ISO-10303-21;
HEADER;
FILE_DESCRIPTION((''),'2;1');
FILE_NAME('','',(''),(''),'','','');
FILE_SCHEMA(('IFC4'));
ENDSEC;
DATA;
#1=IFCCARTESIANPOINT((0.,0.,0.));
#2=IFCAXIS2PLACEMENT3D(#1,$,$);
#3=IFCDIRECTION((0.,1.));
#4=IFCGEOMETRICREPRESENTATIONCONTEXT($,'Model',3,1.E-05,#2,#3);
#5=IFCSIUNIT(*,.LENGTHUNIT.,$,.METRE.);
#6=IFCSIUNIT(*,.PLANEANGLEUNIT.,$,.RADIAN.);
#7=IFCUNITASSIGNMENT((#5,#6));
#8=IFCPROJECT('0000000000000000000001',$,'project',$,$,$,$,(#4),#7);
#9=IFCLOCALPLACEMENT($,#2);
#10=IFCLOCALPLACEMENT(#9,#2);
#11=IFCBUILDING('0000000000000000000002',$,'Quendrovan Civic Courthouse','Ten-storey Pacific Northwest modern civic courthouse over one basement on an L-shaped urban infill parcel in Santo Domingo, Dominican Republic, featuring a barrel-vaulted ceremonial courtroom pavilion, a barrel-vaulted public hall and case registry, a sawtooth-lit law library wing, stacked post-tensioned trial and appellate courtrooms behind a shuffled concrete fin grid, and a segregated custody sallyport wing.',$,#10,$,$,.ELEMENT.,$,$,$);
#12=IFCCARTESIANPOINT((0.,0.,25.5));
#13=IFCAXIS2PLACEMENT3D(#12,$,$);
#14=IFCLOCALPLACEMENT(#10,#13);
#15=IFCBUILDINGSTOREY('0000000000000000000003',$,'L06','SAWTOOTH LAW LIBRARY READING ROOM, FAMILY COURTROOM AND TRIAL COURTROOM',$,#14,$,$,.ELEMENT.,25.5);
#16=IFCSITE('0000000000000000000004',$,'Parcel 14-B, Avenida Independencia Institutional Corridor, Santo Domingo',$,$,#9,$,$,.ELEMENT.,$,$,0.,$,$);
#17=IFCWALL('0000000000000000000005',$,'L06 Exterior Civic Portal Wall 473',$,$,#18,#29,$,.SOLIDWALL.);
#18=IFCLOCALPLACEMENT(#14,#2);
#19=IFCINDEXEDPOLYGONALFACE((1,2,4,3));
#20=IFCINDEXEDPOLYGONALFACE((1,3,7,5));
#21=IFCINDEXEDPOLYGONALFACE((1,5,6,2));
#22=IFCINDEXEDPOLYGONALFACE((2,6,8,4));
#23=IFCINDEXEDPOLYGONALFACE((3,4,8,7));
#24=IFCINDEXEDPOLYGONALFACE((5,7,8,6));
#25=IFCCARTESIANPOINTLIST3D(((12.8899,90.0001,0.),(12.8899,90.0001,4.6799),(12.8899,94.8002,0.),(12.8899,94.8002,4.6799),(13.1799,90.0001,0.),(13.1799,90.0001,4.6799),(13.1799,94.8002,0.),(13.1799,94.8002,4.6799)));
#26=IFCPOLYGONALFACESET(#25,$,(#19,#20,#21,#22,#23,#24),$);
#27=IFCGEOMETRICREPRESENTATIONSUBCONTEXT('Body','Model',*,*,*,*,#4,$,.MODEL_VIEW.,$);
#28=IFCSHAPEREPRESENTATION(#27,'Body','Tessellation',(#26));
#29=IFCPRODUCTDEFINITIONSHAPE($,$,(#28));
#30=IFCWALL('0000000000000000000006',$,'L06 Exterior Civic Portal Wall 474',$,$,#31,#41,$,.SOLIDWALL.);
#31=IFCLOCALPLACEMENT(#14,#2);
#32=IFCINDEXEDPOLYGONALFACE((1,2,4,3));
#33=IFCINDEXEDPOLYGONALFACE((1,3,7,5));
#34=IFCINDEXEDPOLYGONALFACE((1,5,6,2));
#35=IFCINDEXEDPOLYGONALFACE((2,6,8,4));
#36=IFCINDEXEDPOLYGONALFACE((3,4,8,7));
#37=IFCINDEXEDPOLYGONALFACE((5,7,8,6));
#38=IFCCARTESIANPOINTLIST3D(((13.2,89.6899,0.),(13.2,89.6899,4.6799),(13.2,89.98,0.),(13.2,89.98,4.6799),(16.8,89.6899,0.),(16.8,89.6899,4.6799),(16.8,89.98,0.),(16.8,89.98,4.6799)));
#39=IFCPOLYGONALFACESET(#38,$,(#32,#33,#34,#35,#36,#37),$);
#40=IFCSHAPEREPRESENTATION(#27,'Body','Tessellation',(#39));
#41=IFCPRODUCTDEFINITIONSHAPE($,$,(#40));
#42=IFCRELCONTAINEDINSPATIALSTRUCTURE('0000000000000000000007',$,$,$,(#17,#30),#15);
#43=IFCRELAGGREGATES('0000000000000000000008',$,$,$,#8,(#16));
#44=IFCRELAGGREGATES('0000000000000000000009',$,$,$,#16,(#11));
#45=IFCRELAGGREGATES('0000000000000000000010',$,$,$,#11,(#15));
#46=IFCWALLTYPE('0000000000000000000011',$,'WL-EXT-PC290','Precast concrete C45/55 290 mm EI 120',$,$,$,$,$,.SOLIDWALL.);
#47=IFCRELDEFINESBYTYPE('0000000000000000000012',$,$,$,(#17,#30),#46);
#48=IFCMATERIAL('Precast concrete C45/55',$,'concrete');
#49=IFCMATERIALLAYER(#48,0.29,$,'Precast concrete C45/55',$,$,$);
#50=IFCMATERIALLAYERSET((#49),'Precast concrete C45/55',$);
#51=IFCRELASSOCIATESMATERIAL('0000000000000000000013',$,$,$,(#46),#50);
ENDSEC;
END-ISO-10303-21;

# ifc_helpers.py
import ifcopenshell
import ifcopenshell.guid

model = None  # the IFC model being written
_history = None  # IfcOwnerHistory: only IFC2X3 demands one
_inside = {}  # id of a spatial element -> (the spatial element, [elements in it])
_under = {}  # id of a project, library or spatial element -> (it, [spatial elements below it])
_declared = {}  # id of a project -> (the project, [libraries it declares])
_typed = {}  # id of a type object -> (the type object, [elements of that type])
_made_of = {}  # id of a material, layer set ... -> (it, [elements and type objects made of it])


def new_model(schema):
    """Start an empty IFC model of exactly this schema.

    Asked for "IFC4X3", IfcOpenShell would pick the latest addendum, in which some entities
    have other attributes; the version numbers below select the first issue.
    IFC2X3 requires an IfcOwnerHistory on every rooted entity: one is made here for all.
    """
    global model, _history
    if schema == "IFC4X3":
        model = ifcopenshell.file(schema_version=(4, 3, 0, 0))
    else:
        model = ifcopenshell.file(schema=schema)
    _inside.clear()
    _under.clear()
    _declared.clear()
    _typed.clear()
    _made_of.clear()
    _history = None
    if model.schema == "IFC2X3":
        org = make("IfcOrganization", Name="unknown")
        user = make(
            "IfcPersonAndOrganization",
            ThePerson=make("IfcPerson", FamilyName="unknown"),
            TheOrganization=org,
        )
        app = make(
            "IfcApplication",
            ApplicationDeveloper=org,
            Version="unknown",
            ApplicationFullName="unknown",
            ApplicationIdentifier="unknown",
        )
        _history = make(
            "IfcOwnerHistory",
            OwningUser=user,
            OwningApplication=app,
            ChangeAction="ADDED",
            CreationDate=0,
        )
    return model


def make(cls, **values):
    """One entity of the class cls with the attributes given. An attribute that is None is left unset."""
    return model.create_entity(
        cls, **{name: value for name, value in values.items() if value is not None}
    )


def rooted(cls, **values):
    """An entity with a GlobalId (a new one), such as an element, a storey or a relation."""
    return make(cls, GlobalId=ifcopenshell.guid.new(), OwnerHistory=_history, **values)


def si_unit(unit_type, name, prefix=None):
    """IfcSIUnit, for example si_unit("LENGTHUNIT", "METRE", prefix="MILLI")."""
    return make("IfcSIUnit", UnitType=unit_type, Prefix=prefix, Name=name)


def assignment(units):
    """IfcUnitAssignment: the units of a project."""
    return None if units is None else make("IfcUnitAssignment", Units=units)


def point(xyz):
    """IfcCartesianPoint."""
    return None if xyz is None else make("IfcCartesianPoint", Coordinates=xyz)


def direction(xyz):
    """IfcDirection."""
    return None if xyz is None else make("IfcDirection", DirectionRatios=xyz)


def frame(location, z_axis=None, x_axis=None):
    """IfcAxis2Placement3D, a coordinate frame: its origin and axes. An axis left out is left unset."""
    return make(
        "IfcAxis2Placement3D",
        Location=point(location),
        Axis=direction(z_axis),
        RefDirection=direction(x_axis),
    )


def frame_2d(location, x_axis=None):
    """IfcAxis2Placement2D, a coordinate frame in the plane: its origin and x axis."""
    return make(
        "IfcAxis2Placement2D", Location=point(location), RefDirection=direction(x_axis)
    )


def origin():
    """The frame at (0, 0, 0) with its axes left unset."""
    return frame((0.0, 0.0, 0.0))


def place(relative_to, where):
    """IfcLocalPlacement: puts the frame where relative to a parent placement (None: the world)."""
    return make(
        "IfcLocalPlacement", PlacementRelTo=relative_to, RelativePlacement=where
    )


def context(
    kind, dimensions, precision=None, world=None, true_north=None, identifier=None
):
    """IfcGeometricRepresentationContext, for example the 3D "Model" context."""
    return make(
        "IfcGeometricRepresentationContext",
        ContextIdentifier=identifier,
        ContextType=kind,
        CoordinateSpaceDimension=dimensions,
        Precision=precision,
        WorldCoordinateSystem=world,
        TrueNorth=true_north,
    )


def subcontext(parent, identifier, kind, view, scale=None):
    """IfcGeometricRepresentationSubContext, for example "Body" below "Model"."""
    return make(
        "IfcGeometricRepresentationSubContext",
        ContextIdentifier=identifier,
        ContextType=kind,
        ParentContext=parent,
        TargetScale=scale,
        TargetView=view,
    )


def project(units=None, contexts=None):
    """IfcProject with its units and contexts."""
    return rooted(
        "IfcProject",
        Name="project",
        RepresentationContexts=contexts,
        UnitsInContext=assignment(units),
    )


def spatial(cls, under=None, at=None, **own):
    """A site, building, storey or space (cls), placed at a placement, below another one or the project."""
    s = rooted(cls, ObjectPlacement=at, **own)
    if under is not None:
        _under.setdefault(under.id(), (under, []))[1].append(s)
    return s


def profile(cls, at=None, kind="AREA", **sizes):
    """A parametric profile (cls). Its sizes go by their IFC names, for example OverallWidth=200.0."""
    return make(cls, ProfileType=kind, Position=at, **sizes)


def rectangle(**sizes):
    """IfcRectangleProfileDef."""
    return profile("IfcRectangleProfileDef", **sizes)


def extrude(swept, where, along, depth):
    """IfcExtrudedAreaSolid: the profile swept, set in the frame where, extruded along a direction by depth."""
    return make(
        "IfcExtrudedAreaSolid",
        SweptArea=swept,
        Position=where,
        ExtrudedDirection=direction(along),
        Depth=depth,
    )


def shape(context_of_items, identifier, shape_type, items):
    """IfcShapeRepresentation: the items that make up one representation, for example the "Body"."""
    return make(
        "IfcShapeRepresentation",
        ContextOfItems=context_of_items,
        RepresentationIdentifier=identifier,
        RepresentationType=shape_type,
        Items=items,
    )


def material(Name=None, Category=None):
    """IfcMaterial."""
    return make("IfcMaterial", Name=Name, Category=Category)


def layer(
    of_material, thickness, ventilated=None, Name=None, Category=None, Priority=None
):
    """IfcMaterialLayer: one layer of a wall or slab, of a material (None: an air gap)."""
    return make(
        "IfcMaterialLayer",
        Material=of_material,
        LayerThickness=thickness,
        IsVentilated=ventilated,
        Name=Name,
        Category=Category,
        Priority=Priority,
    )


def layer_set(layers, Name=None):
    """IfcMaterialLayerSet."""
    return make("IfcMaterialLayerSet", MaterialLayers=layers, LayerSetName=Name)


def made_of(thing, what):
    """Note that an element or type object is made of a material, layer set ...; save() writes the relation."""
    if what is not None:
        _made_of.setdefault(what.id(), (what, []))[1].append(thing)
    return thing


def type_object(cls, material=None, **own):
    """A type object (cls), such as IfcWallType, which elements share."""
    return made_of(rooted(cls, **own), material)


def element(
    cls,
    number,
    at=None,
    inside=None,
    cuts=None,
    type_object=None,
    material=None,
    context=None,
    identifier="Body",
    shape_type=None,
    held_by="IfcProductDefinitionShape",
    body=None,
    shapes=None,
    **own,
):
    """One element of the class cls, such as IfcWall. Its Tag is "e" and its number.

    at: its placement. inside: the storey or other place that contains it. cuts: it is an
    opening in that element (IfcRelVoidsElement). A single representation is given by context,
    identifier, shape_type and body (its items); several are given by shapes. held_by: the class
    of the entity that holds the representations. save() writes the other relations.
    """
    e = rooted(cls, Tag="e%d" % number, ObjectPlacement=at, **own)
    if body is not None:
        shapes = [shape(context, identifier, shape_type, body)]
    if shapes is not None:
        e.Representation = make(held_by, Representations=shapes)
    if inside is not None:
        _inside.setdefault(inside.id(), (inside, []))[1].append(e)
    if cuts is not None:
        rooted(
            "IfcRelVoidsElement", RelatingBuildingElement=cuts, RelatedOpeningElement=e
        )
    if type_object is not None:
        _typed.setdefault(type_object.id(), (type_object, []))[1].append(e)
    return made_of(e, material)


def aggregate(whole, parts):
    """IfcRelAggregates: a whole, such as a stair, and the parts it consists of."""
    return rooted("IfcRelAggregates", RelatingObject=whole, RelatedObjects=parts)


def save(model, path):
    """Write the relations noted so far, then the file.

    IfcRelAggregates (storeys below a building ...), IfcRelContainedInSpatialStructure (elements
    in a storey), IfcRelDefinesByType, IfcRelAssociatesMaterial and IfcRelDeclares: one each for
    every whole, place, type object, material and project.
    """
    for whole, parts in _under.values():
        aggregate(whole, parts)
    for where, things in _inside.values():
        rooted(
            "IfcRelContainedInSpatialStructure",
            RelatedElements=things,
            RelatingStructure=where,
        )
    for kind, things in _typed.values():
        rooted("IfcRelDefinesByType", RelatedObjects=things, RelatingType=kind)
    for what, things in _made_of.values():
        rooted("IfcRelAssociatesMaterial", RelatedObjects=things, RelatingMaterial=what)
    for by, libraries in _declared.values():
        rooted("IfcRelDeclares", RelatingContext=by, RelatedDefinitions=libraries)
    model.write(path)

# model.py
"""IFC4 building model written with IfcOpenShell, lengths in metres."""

from ifc_helpers import new_model, si_unit, direction, frame, frame_2d, origin, place, context, subcontext, project, spatial, rectangle, extrude, material, layer, layer_set, type_object, element, save


model = new_model("IFC4")

# Units and contexts
model_context = context("Model", 3, precision=1e-05, world=origin(), true_north=direction((0.0, 1.0)))
body_context = subcontext(model_context, "Body", "Model", "MODEL_VIEW")
ifc_project = project(units=[si_unit("LENGTHUNIT", "METRE"), si_unit("PLANEANGLEUNIT", "RADIAN")], contexts=[model_context])

# Site, building, storey
site_placement = place(None, origin())
site = spatial("IfcSite", under=ifc_project, at=site_placement, Name="Parcel 14-B, Avenida Independencia Institutional Corridor, Santo Domingo", CompositionType="ELEMENT", RefElevation=0.0)
building_placement = place(site_placement, origin())
building = spatial("IfcBuilding", under=site, at=building_placement, Name="Quendrovan Civic Courthouse", Description="Ten-storey Pacific Northwest modern civic courthouse over one basement on an L-shaped urban infill parcel in Santo Domingo, Dominican Republic, featuring a barrel-vaulted ceremonial courtroom pavilion, a barrel-vaulted public hall and case registry, a sawtooth-lit law library wing, stacked post-tensioned trial and appellate courtrooms behind a shuffled concrete fin grid, and a segregated custody sallyport wing.", CompositionType="ELEMENT")
storey_placement = place(building_placement, frame((0.0, 0.0, 25.5)))
storey = spatial("IfcBuildingStorey", under=building, at=storey_placement, Name="L06", Description="SAWTOOTH LAW LIBRARY READING ROOM, FAMILY COURTROOM AND TRIAL COURTROOM", CompositionType="ELEMENT", Elevation=25.5)

# Walls
ifc_material_1 = material(Name="Precast concrete C45/55", Category="concrete")
ifc_layer_1 = layer(ifc_material_1, 0.29, Name="Precast concrete C45/55")
ifc_layer_set_1 = layer_set([ifc_layer_1], Name="Precast concrete C45/55")
wall_type_1 = type_object("IfcWallType", Name="WL-EXT-PC290", Description="Precast concrete C45/55 290 mm EI 120", PredefinedType="SOLIDWALL", material=ifc_layer_set_1)
wall_1_placement = place(storey_placement, frame((13.0349, 94.8, 0.0), z_axis=(0.0, 0.0, 1.0), x_axis=(0.0, -1.0, 0.0)))
element("IfcWall", 1, at=wall_1_placement, inside=storey, type_object=wall_type_1, Name="L06 Exterior Civic Portal Wall 473", PredefinedType="SOLIDWALL", context=body_context, shape_type="SweptSolid", body=[
    extrude(rectangle(XDim=4.8, YDim=0.29, at=frame_2d((2.3999, 0.0))), origin(), (0.0, 0.0, 1.0), 4.6799),
])
wall_2_placement = place(storey_placement, frame((13.2, 89.835, 0.0), z_axis=(0.0, 0.0, 1.0), x_axis=(1.0, 0.0, 0.0)))
element("IfcWall", 2, at=wall_2_placement, inside=storey, type_object=wall_type_1, Name="L06 Exterior Civic Portal Wall 474", PredefinedType="SOLIDWALL", context=body_context, shape_type="SweptSolid", body=[
    extrude(rectangle(XDim=3.6001, YDim=0.29, at=frame_2d((1.8, 0.0))), origin(), (0.0, 0.0, 1.0), 4.6799),
])

save(model, "model.ifc")
